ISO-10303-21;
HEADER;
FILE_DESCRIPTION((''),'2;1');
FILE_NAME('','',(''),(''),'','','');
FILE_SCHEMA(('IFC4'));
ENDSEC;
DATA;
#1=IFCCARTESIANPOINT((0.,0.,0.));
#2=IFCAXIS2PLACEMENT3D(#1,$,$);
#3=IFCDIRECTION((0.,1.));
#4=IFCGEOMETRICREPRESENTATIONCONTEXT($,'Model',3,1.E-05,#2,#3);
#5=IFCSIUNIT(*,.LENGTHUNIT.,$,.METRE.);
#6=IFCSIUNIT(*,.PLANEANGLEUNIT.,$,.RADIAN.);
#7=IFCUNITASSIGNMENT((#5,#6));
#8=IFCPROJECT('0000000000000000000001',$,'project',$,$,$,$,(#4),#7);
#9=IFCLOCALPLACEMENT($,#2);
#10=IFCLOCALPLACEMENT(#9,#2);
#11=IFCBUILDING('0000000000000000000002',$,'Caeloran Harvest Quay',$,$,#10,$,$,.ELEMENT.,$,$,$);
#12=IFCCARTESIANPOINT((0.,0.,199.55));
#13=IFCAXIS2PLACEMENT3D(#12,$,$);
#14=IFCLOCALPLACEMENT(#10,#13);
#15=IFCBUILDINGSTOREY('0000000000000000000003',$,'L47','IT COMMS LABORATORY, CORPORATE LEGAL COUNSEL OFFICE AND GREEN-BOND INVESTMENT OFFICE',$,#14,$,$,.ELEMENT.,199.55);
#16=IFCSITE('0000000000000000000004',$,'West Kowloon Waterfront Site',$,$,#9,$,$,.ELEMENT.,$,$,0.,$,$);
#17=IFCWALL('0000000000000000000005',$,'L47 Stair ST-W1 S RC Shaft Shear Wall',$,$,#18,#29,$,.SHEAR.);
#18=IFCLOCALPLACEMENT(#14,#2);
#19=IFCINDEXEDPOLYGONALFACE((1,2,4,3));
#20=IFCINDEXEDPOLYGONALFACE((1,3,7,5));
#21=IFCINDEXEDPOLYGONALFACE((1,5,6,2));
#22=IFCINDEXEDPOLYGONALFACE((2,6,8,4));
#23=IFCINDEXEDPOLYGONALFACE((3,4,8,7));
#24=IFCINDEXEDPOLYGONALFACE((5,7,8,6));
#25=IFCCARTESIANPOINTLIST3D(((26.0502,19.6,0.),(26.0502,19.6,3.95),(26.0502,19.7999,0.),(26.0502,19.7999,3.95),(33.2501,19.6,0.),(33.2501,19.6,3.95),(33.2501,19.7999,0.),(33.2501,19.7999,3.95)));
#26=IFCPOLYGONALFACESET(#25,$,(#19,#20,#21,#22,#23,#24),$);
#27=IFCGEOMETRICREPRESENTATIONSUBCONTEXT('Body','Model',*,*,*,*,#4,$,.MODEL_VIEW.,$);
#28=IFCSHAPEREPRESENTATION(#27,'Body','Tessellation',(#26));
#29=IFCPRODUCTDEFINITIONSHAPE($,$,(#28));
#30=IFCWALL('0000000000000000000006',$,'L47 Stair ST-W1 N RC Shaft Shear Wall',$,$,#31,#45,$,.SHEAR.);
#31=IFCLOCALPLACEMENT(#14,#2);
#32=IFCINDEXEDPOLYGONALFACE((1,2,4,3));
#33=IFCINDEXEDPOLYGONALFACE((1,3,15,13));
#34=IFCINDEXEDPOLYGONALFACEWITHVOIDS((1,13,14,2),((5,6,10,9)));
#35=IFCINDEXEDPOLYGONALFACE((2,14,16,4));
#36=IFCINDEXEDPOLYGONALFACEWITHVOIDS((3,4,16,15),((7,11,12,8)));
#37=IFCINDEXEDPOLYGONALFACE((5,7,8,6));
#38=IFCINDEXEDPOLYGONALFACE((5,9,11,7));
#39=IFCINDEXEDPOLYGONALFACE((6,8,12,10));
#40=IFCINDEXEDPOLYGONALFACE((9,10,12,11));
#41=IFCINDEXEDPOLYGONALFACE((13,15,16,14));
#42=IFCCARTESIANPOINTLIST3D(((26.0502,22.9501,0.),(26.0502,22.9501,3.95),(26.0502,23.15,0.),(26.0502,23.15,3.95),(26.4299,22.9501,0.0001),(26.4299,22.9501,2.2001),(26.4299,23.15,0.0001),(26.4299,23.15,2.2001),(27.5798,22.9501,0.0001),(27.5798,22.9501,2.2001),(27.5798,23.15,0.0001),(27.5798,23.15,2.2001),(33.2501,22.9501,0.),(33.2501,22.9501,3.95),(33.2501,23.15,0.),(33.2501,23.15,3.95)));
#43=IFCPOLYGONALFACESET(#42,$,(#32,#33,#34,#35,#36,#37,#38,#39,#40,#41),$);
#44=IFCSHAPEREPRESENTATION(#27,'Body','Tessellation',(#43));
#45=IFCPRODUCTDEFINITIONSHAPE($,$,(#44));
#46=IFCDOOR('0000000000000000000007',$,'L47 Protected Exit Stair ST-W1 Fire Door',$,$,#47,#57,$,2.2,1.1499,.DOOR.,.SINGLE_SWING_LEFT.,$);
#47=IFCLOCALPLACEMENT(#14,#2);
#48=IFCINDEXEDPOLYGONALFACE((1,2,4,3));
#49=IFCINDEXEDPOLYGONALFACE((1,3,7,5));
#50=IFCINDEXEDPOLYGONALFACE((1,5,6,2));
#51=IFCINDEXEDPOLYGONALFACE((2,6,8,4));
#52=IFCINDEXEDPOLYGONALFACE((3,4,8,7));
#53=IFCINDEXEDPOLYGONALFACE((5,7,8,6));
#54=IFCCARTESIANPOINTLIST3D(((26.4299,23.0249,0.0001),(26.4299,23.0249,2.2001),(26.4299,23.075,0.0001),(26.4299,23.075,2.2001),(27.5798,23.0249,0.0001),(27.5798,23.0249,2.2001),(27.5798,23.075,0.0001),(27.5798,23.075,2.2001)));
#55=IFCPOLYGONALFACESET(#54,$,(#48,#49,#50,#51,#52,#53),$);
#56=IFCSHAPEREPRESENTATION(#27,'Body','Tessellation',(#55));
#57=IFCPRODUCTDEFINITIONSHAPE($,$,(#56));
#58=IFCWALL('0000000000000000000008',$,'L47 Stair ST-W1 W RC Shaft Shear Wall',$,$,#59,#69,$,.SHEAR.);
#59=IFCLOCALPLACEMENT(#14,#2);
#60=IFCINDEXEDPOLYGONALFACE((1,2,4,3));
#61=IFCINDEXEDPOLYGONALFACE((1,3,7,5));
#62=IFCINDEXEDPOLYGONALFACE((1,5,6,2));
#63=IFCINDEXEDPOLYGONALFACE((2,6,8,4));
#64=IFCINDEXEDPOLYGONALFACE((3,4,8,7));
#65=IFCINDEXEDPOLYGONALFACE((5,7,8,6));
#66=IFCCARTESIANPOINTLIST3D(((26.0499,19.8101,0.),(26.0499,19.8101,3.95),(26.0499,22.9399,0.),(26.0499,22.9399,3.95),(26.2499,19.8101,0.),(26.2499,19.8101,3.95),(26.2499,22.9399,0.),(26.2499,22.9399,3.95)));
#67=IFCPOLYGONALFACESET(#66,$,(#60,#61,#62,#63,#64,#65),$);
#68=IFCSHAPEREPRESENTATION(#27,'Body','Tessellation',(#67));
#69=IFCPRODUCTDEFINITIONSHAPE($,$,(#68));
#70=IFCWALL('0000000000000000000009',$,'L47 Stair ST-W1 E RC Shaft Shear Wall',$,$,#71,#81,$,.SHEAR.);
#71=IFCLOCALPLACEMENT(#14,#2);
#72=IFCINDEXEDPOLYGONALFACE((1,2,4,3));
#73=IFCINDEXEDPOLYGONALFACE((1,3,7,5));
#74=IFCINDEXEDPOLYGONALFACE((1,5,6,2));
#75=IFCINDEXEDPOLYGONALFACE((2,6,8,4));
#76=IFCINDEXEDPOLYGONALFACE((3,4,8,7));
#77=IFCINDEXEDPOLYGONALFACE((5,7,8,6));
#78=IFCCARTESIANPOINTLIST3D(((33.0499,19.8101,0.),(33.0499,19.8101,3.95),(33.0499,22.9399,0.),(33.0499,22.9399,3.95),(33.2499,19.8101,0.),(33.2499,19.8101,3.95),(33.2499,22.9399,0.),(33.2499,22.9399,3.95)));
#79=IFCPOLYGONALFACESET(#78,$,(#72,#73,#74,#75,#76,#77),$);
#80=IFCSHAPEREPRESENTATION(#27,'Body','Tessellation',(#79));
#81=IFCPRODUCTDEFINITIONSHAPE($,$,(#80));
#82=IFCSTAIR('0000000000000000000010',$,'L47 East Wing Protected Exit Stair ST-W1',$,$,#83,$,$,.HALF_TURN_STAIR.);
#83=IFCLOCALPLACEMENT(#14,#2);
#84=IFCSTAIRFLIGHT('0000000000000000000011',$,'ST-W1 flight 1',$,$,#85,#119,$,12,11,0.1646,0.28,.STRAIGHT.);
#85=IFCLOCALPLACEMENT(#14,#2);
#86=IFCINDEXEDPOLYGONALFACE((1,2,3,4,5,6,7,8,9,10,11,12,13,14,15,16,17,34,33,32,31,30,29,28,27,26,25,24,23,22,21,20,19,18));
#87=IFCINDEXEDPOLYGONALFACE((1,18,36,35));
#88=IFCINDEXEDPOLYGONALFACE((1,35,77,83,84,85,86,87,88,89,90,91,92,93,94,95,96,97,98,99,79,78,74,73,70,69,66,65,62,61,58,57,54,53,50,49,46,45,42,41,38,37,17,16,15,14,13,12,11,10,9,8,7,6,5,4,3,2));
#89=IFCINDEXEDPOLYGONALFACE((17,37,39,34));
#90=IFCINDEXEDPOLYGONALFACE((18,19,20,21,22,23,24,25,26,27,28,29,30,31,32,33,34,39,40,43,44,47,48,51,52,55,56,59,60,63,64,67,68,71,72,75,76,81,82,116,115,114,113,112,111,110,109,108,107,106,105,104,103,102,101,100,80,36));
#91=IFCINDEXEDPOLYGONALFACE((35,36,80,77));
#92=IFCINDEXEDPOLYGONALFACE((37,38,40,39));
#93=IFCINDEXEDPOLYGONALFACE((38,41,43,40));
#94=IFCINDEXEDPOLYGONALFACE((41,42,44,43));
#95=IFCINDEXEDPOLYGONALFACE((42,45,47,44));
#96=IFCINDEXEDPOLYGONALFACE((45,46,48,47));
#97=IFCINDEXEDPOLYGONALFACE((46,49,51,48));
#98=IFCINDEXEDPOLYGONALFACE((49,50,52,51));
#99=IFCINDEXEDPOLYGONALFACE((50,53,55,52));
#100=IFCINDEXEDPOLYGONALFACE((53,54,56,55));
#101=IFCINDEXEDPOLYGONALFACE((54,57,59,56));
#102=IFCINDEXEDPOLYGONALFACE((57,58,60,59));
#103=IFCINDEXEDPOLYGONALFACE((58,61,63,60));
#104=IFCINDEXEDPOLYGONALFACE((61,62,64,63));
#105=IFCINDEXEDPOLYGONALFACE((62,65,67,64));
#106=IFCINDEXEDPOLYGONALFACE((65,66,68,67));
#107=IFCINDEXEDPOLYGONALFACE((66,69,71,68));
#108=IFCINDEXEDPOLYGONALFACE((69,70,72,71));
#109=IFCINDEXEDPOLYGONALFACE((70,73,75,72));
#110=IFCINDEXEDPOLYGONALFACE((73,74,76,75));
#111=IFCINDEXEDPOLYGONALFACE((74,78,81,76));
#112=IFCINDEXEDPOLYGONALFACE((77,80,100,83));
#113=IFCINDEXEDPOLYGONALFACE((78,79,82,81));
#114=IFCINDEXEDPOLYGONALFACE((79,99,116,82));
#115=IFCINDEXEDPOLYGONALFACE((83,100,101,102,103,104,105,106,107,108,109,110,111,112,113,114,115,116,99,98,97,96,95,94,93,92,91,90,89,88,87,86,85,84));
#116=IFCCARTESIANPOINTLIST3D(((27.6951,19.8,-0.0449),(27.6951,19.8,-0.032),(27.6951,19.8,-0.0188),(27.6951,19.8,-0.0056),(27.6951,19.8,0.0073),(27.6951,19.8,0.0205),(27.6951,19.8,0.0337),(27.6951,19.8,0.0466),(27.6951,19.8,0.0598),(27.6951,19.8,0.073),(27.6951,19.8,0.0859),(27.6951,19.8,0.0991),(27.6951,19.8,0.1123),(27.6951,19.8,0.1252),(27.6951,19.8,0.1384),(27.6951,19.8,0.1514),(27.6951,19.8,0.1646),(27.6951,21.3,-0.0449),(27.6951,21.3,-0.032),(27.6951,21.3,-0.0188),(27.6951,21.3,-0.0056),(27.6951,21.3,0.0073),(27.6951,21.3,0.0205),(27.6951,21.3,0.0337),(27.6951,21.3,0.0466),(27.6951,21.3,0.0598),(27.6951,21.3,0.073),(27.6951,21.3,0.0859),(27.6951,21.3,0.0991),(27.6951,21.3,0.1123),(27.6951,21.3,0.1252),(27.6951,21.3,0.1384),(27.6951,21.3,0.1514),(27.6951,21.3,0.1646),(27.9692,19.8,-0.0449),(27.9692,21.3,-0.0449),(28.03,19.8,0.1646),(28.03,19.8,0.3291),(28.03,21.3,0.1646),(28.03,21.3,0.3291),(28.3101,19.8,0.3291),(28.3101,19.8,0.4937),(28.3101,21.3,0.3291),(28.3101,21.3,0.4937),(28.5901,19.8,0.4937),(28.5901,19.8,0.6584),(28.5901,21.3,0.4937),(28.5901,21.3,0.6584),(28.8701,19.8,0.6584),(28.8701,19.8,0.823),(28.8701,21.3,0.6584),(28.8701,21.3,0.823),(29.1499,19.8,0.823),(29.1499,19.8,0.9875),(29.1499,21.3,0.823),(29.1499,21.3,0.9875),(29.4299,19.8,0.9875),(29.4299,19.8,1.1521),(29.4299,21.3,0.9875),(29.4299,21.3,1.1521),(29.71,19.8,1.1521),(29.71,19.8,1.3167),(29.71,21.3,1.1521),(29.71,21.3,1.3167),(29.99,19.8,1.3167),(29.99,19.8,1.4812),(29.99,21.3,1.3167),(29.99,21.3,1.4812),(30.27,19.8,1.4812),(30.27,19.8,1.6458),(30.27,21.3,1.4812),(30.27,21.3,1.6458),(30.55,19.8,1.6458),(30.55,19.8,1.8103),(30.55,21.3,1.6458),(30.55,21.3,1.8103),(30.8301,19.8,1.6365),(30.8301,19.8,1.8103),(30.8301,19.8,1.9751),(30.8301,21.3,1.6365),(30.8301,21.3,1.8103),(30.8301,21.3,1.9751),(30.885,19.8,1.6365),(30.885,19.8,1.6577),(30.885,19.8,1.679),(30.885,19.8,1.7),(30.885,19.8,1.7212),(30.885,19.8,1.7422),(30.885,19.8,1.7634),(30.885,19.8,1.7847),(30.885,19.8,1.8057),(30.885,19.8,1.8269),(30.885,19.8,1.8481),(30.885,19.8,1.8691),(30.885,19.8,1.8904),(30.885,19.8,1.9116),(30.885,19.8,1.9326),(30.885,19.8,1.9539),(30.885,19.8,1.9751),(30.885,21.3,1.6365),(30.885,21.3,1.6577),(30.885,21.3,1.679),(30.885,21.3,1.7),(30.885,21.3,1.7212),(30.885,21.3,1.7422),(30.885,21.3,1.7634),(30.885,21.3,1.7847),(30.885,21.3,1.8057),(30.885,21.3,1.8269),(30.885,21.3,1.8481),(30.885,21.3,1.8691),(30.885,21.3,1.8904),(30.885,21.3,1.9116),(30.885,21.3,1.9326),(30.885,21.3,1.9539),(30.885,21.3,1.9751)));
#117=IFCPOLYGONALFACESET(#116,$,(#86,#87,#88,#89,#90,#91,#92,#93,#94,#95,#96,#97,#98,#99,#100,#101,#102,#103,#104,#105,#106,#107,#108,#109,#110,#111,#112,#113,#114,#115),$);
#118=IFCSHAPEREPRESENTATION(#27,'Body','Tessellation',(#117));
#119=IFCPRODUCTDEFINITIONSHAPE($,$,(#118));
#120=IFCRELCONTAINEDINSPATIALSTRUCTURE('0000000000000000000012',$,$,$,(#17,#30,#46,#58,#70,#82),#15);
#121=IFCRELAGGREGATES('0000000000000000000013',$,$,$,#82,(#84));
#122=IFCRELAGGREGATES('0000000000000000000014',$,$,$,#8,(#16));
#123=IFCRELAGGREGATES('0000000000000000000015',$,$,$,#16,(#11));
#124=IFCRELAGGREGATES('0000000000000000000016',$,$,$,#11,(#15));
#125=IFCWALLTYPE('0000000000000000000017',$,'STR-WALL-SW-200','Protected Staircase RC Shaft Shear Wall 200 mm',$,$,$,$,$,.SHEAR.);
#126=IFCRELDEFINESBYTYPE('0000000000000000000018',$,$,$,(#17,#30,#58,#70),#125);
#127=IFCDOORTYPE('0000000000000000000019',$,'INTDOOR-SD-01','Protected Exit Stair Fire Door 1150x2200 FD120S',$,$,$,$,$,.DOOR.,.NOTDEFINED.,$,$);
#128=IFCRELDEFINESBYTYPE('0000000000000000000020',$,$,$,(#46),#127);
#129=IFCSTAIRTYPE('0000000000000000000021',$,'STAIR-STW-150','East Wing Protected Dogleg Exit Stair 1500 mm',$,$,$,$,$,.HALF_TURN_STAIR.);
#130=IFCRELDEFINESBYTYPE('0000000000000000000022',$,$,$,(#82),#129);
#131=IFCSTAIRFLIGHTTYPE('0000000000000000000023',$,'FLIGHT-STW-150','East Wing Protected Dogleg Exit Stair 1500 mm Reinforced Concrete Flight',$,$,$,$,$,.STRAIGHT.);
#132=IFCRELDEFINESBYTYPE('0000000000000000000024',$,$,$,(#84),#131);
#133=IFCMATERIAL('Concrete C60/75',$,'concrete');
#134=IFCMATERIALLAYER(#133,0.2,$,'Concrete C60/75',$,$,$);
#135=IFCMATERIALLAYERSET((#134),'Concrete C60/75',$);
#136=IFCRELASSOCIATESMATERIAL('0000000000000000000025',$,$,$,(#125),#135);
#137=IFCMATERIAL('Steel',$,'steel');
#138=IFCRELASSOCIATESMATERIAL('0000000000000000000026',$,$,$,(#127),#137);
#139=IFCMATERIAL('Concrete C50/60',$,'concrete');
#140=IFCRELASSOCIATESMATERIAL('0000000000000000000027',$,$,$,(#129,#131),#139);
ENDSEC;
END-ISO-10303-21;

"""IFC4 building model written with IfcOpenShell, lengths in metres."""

from ifc_helpers import new_model, si_unit, direction, frame, frame_2d, origin, place, context, subcontext, project, spatial, polyline, rectangle, outline, extrude, material, layer, layer_set, type_object, element, fill, aggregate, save


model = new_model("IFC4")

# Units and contexts
model_context = context("Model", 3, precision=1e-05, world=origin(), true_north=direction((0.0, 1.0)))
body_context = subcontext(model_context, "Body", "Model", "MODEL_VIEW")
ifc_project = project(units=[si_unit("LENGTHUNIT", "METRE"), si_unit("PLANEANGLEUNIT", "RADIAN")], contexts=[model_context])

# Site, building, storey
site_placement = place(None, origin())
site = spatial("IfcSite", under=ifc_project, at=site_placement, Name="West Kowloon Waterfront Site", CompositionType="ELEMENT", RefElevation=0.0)
building_placement = place(site_placement, origin())
building = spatial("IfcBuilding", under=site, at=building_placement, Name="Caeloran Harvest Quay", CompositionType="ELEMENT")
storey_placement = place(building_placement, frame((0.0, 0.0, 199.55)))
storey = spatial("IfcBuildingStorey", under=building, at=storey_placement, Name="L47", Description="IT COMMS LABORATORY, CORPORATE LEGAL COUNSEL OFFICE AND GREEN-BOND INVESTMENT OFFICE", CompositionType="ELEMENT", Elevation=199.55)

# Wall
ifc_material_1 = material(Name="Concrete C60/75", Category="concrete")
ifc_layer_1 = layer(ifc_material_1, 0.2, Name="Concrete C60/75")
ifc_layer_set_1 = layer_set([ifc_layer_1], Name="Concrete C60/75")
wall_type_1 = type_object("IfcWallType", Name="STR-WALL-SW-200", Description="Protected Staircase RC Shaft Shear Wall 200 mm", PredefinedType="SHEAR", material=ifc_layer_set_1)
wall_1_placement = place(storey_placement, frame((26.05, 19.7, 0.0), z_axis=(0.0, 0.0, 1.0), x_axis=(1.0, 0.0, 0.0)))
element("IfcWall", 1, at=wall_1_placement, inside=storey, type_object=wall_type_1, Name="L47 Stair ST-W1 S RC Shaft Shear Wall", PredefinedType="SHEAR", context=body_context, shape_type="SweptSolid", body=[
    extrude(rectangle(XDim=7.2, YDim=0.2, at=frame_2d((3.6001, 0.0))), origin(), (0.0, 0.0, 1.0), 3.95),
])

# Wall, opening, door
wall_2_placement = place(storey_placement, frame((26.05, 23.05, 0.0), z_axis=(0.0, 0.0, 1.0), x_axis=(1.0, 0.0, 0.0)))
wall_2 = element("IfcWall", 2, at=wall_2_placement, inside=storey, type_object=wall_type_1, Name="L47 Stair ST-W1 N RC Shaft Shear Wall", PredefinedType="SHEAR", context=body_context, shape_type="SweptSolid", body=[
    extrude(rectangle(XDim=7.2, YDim=0.2, at=frame_2d((3.6001, 0.0))), origin(), (0.0, 0.0, 1.0), 3.95),
])
opening_1_placement = place(wall_2_placement, frame((0.3799, 0.0, 0.0)))
opening_1 = element("IfcOpeningElement", 3, at=opening_1_placement, cuts=wall_2, PredefinedType="OPENING", context=body_context, shape_type="SweptSolid", body=[
    extrude(rectangle(XDim=1.1499, YDim=2.2, at=frame_2d((0.575, 1.1001))), frame((0.0, 0.1099, 0.0), z_axis=(0.0, -1.0, 0.0), x_axis=(1.0, 0.0, 0.0)), (0.0, 0.0, 1.0), 0.22),
])
ifc_material_2 = material(Name="Steel", Category="steel")
door_type_1 = type_object("IfcDoorType", Name="INTDOOR-SD-01", Description="Protected Exit Stair Fire Door 1150x2200 FD120S", OperationType="NOTDEFINED", PredefinedType="DOOR", material=ifc_material_2)
door_1_placement = place(opening_1_placement, origin())
door_1 = element("IfcDoor", 4, at=door_1_placement, inside=storey, type_object=door_type_1, Name="L47 Protected Exit Stair ST-W1 Fire Door", OperationType="SINGLE_SWING_LEFT", OverallHeight=2.2, OverallWidth=1.1499, PredefinedType="DOOR", context=body_context, shape_type="SweptSolid", body=[
    extrude(rectangle(XDim=1.1499, YDim=2.2, at=frame_2d((0.575, 1.1001))), frame((0.0, 0.0249, 0.0), z_axis=(0.0, -1.0, 0.0), x_axis=(1.0, 0.0, 0.0)), (0.0, 0.0, 1.0), 0.05),
])
fill(opening_1, door_1)

# Walls
for number, where, z_axis, x_axis, name in (
    (5, (26.1499, 19.8101, 0.0), (0.0, 0.0, 1.0), (0.0, 1.0, 0.0), "L47 Stair ST-W1 W RC Shaft Shear Wall"),
    (6, (33.1499, 19.8101, 0.0), (0.0, 0.0, 1.0), (0.0, 1.0, 0.0), "L47 Stair ST-W1 E RC Shaft Shear Wall"),
):
    element("IfcWall", number, at=place(storey_placement, frame(where, z_axis=z_axis, x_axis=x_axis)), inside=storey, type_object=wall_type_1, Name=name, PredefinedType="SHEAR", context=body_context, shape_type="SweptSolid", body=[
        extrude(rectangle(XDim=3.1299, YDim=0.2, at=frame_2d((1.5649, 0.0))), origin(), (0.0, 0.0, 1.0), 3.95),
    ])

# Stair, stair flight
ifc_material_3 = material(Name="Concrete C50/60", Category="concrete")
stair_type = type_object("IfcStairType", Name="STAIR-STW-150", Description="East Wing Protected Dogleg Exit Stair 1500 mm", PredefinedType="HALF_TURN_STAIR", material=ifc_material_3)
stair_placement = place(storey_placement, origin())
stair = element("IfcStair", 7, at=stair_placement, inside=storey, type_object=stair_type, Name="L47 East Wing Protected Exit Stair ST-W1", PredefinedType="HALF_TURN_STAIR")
stair_flight_type = type_object("IfcStairFlightType", Name="FLIGHT-STW-150", Description="East Wing Protected Dogleg Exit Stair 1500 mm Reinforced Concrete Flight", PredefinedType="STRAIGHT", material=ifc_material_3)
stair_flight_1_placement = place(storey_placement, frame((27.75, 20.55, 0.0), z_axis=(0.0, 0.0, 1.0), x_axis=(1.0, 0.0, 0.0)))
stair_flight_1 = element("IfcStairFlight", 8, at=stair_flight_1_placement, type_object=stair_flight_type, Name="ST-W1 flight 1", NumberOfRisers=12, NumberOfTreads=11, PredefinedType="STRAIGHT", RiserHeight=0.1646, TreadLength=0.28, context=body_context, shape_type="SweptSolid", body=[
    extrude(outline(polyline([(-0.0549, -0.0449), (-0.0549, -0.032), (-0.0549, -0.0188), (-0.0549, -0.0056), (-0.0549, 0.0073), (-0.0549, 0.0205), (-0.0549, 0.0337), (-0.0549, 0.0466), (-0.0549, 0.0598), (-0.0549, 0.073), (-0.0549, 0.0859), (-0.0549, 0.0991), (-0.0549, 0.1123), (-0.0549, 0.1252), (-0.0549, 0.1384), (-0.0549, 0.1514), (-0.0549, 0.1646), (0.28, 0.1646), (0.28, 0.3291), (0.5601, 0.3291), (0.5601, 0.4937), (0.8401, 0.4937), (0.8401, 0.6584), (1.1201, 0.6584), (1.1201, 0.823), (1.3999, 0.823), (1.3999, 0.9875), (1.6799, 0.9875), (1.6799, 1.1521), (1.96, 1.1521), (1.96, 1.3167), (2.24, 1.3167), (2.24, 1.4812), (2.52, 1.4812), (2.52, 1.6458), (2.8, 1.6458), (2.8, 1.8103), (3.0801, 1.8103), (3.0801, 1.9751), (3.135, 1.9751), (3.135, 1.9539), (3.135, 1.9326), (3.135, 1.9116), (3.135, 1.8904), (3.135, 1.8691), (3.135, 1.8481), (3.135, 1.8269), (3.135, 1.8057), (3.135, 1.7847), (3.135, 1.7634), (3.135, 1.7422), (3.135, 1.7212), (3.135, 1.7), (3.135, 1.679), (3.135, 1.6577), (3.135, 1.6365), (3.0801, 1.6365), (0.2192, -0.0449), (-0.0549, -0.0449)])), frame((0.0, 0.75, 0.0), z_axis=(0.0, -1.0, 0.0), x_axis=(1.0, 0.0, 0.0)), (0.0, 0.0, 1.0), 1.5),
])
aggregate(stair, [stair_flight_1])

save(model, "model.ifc")
